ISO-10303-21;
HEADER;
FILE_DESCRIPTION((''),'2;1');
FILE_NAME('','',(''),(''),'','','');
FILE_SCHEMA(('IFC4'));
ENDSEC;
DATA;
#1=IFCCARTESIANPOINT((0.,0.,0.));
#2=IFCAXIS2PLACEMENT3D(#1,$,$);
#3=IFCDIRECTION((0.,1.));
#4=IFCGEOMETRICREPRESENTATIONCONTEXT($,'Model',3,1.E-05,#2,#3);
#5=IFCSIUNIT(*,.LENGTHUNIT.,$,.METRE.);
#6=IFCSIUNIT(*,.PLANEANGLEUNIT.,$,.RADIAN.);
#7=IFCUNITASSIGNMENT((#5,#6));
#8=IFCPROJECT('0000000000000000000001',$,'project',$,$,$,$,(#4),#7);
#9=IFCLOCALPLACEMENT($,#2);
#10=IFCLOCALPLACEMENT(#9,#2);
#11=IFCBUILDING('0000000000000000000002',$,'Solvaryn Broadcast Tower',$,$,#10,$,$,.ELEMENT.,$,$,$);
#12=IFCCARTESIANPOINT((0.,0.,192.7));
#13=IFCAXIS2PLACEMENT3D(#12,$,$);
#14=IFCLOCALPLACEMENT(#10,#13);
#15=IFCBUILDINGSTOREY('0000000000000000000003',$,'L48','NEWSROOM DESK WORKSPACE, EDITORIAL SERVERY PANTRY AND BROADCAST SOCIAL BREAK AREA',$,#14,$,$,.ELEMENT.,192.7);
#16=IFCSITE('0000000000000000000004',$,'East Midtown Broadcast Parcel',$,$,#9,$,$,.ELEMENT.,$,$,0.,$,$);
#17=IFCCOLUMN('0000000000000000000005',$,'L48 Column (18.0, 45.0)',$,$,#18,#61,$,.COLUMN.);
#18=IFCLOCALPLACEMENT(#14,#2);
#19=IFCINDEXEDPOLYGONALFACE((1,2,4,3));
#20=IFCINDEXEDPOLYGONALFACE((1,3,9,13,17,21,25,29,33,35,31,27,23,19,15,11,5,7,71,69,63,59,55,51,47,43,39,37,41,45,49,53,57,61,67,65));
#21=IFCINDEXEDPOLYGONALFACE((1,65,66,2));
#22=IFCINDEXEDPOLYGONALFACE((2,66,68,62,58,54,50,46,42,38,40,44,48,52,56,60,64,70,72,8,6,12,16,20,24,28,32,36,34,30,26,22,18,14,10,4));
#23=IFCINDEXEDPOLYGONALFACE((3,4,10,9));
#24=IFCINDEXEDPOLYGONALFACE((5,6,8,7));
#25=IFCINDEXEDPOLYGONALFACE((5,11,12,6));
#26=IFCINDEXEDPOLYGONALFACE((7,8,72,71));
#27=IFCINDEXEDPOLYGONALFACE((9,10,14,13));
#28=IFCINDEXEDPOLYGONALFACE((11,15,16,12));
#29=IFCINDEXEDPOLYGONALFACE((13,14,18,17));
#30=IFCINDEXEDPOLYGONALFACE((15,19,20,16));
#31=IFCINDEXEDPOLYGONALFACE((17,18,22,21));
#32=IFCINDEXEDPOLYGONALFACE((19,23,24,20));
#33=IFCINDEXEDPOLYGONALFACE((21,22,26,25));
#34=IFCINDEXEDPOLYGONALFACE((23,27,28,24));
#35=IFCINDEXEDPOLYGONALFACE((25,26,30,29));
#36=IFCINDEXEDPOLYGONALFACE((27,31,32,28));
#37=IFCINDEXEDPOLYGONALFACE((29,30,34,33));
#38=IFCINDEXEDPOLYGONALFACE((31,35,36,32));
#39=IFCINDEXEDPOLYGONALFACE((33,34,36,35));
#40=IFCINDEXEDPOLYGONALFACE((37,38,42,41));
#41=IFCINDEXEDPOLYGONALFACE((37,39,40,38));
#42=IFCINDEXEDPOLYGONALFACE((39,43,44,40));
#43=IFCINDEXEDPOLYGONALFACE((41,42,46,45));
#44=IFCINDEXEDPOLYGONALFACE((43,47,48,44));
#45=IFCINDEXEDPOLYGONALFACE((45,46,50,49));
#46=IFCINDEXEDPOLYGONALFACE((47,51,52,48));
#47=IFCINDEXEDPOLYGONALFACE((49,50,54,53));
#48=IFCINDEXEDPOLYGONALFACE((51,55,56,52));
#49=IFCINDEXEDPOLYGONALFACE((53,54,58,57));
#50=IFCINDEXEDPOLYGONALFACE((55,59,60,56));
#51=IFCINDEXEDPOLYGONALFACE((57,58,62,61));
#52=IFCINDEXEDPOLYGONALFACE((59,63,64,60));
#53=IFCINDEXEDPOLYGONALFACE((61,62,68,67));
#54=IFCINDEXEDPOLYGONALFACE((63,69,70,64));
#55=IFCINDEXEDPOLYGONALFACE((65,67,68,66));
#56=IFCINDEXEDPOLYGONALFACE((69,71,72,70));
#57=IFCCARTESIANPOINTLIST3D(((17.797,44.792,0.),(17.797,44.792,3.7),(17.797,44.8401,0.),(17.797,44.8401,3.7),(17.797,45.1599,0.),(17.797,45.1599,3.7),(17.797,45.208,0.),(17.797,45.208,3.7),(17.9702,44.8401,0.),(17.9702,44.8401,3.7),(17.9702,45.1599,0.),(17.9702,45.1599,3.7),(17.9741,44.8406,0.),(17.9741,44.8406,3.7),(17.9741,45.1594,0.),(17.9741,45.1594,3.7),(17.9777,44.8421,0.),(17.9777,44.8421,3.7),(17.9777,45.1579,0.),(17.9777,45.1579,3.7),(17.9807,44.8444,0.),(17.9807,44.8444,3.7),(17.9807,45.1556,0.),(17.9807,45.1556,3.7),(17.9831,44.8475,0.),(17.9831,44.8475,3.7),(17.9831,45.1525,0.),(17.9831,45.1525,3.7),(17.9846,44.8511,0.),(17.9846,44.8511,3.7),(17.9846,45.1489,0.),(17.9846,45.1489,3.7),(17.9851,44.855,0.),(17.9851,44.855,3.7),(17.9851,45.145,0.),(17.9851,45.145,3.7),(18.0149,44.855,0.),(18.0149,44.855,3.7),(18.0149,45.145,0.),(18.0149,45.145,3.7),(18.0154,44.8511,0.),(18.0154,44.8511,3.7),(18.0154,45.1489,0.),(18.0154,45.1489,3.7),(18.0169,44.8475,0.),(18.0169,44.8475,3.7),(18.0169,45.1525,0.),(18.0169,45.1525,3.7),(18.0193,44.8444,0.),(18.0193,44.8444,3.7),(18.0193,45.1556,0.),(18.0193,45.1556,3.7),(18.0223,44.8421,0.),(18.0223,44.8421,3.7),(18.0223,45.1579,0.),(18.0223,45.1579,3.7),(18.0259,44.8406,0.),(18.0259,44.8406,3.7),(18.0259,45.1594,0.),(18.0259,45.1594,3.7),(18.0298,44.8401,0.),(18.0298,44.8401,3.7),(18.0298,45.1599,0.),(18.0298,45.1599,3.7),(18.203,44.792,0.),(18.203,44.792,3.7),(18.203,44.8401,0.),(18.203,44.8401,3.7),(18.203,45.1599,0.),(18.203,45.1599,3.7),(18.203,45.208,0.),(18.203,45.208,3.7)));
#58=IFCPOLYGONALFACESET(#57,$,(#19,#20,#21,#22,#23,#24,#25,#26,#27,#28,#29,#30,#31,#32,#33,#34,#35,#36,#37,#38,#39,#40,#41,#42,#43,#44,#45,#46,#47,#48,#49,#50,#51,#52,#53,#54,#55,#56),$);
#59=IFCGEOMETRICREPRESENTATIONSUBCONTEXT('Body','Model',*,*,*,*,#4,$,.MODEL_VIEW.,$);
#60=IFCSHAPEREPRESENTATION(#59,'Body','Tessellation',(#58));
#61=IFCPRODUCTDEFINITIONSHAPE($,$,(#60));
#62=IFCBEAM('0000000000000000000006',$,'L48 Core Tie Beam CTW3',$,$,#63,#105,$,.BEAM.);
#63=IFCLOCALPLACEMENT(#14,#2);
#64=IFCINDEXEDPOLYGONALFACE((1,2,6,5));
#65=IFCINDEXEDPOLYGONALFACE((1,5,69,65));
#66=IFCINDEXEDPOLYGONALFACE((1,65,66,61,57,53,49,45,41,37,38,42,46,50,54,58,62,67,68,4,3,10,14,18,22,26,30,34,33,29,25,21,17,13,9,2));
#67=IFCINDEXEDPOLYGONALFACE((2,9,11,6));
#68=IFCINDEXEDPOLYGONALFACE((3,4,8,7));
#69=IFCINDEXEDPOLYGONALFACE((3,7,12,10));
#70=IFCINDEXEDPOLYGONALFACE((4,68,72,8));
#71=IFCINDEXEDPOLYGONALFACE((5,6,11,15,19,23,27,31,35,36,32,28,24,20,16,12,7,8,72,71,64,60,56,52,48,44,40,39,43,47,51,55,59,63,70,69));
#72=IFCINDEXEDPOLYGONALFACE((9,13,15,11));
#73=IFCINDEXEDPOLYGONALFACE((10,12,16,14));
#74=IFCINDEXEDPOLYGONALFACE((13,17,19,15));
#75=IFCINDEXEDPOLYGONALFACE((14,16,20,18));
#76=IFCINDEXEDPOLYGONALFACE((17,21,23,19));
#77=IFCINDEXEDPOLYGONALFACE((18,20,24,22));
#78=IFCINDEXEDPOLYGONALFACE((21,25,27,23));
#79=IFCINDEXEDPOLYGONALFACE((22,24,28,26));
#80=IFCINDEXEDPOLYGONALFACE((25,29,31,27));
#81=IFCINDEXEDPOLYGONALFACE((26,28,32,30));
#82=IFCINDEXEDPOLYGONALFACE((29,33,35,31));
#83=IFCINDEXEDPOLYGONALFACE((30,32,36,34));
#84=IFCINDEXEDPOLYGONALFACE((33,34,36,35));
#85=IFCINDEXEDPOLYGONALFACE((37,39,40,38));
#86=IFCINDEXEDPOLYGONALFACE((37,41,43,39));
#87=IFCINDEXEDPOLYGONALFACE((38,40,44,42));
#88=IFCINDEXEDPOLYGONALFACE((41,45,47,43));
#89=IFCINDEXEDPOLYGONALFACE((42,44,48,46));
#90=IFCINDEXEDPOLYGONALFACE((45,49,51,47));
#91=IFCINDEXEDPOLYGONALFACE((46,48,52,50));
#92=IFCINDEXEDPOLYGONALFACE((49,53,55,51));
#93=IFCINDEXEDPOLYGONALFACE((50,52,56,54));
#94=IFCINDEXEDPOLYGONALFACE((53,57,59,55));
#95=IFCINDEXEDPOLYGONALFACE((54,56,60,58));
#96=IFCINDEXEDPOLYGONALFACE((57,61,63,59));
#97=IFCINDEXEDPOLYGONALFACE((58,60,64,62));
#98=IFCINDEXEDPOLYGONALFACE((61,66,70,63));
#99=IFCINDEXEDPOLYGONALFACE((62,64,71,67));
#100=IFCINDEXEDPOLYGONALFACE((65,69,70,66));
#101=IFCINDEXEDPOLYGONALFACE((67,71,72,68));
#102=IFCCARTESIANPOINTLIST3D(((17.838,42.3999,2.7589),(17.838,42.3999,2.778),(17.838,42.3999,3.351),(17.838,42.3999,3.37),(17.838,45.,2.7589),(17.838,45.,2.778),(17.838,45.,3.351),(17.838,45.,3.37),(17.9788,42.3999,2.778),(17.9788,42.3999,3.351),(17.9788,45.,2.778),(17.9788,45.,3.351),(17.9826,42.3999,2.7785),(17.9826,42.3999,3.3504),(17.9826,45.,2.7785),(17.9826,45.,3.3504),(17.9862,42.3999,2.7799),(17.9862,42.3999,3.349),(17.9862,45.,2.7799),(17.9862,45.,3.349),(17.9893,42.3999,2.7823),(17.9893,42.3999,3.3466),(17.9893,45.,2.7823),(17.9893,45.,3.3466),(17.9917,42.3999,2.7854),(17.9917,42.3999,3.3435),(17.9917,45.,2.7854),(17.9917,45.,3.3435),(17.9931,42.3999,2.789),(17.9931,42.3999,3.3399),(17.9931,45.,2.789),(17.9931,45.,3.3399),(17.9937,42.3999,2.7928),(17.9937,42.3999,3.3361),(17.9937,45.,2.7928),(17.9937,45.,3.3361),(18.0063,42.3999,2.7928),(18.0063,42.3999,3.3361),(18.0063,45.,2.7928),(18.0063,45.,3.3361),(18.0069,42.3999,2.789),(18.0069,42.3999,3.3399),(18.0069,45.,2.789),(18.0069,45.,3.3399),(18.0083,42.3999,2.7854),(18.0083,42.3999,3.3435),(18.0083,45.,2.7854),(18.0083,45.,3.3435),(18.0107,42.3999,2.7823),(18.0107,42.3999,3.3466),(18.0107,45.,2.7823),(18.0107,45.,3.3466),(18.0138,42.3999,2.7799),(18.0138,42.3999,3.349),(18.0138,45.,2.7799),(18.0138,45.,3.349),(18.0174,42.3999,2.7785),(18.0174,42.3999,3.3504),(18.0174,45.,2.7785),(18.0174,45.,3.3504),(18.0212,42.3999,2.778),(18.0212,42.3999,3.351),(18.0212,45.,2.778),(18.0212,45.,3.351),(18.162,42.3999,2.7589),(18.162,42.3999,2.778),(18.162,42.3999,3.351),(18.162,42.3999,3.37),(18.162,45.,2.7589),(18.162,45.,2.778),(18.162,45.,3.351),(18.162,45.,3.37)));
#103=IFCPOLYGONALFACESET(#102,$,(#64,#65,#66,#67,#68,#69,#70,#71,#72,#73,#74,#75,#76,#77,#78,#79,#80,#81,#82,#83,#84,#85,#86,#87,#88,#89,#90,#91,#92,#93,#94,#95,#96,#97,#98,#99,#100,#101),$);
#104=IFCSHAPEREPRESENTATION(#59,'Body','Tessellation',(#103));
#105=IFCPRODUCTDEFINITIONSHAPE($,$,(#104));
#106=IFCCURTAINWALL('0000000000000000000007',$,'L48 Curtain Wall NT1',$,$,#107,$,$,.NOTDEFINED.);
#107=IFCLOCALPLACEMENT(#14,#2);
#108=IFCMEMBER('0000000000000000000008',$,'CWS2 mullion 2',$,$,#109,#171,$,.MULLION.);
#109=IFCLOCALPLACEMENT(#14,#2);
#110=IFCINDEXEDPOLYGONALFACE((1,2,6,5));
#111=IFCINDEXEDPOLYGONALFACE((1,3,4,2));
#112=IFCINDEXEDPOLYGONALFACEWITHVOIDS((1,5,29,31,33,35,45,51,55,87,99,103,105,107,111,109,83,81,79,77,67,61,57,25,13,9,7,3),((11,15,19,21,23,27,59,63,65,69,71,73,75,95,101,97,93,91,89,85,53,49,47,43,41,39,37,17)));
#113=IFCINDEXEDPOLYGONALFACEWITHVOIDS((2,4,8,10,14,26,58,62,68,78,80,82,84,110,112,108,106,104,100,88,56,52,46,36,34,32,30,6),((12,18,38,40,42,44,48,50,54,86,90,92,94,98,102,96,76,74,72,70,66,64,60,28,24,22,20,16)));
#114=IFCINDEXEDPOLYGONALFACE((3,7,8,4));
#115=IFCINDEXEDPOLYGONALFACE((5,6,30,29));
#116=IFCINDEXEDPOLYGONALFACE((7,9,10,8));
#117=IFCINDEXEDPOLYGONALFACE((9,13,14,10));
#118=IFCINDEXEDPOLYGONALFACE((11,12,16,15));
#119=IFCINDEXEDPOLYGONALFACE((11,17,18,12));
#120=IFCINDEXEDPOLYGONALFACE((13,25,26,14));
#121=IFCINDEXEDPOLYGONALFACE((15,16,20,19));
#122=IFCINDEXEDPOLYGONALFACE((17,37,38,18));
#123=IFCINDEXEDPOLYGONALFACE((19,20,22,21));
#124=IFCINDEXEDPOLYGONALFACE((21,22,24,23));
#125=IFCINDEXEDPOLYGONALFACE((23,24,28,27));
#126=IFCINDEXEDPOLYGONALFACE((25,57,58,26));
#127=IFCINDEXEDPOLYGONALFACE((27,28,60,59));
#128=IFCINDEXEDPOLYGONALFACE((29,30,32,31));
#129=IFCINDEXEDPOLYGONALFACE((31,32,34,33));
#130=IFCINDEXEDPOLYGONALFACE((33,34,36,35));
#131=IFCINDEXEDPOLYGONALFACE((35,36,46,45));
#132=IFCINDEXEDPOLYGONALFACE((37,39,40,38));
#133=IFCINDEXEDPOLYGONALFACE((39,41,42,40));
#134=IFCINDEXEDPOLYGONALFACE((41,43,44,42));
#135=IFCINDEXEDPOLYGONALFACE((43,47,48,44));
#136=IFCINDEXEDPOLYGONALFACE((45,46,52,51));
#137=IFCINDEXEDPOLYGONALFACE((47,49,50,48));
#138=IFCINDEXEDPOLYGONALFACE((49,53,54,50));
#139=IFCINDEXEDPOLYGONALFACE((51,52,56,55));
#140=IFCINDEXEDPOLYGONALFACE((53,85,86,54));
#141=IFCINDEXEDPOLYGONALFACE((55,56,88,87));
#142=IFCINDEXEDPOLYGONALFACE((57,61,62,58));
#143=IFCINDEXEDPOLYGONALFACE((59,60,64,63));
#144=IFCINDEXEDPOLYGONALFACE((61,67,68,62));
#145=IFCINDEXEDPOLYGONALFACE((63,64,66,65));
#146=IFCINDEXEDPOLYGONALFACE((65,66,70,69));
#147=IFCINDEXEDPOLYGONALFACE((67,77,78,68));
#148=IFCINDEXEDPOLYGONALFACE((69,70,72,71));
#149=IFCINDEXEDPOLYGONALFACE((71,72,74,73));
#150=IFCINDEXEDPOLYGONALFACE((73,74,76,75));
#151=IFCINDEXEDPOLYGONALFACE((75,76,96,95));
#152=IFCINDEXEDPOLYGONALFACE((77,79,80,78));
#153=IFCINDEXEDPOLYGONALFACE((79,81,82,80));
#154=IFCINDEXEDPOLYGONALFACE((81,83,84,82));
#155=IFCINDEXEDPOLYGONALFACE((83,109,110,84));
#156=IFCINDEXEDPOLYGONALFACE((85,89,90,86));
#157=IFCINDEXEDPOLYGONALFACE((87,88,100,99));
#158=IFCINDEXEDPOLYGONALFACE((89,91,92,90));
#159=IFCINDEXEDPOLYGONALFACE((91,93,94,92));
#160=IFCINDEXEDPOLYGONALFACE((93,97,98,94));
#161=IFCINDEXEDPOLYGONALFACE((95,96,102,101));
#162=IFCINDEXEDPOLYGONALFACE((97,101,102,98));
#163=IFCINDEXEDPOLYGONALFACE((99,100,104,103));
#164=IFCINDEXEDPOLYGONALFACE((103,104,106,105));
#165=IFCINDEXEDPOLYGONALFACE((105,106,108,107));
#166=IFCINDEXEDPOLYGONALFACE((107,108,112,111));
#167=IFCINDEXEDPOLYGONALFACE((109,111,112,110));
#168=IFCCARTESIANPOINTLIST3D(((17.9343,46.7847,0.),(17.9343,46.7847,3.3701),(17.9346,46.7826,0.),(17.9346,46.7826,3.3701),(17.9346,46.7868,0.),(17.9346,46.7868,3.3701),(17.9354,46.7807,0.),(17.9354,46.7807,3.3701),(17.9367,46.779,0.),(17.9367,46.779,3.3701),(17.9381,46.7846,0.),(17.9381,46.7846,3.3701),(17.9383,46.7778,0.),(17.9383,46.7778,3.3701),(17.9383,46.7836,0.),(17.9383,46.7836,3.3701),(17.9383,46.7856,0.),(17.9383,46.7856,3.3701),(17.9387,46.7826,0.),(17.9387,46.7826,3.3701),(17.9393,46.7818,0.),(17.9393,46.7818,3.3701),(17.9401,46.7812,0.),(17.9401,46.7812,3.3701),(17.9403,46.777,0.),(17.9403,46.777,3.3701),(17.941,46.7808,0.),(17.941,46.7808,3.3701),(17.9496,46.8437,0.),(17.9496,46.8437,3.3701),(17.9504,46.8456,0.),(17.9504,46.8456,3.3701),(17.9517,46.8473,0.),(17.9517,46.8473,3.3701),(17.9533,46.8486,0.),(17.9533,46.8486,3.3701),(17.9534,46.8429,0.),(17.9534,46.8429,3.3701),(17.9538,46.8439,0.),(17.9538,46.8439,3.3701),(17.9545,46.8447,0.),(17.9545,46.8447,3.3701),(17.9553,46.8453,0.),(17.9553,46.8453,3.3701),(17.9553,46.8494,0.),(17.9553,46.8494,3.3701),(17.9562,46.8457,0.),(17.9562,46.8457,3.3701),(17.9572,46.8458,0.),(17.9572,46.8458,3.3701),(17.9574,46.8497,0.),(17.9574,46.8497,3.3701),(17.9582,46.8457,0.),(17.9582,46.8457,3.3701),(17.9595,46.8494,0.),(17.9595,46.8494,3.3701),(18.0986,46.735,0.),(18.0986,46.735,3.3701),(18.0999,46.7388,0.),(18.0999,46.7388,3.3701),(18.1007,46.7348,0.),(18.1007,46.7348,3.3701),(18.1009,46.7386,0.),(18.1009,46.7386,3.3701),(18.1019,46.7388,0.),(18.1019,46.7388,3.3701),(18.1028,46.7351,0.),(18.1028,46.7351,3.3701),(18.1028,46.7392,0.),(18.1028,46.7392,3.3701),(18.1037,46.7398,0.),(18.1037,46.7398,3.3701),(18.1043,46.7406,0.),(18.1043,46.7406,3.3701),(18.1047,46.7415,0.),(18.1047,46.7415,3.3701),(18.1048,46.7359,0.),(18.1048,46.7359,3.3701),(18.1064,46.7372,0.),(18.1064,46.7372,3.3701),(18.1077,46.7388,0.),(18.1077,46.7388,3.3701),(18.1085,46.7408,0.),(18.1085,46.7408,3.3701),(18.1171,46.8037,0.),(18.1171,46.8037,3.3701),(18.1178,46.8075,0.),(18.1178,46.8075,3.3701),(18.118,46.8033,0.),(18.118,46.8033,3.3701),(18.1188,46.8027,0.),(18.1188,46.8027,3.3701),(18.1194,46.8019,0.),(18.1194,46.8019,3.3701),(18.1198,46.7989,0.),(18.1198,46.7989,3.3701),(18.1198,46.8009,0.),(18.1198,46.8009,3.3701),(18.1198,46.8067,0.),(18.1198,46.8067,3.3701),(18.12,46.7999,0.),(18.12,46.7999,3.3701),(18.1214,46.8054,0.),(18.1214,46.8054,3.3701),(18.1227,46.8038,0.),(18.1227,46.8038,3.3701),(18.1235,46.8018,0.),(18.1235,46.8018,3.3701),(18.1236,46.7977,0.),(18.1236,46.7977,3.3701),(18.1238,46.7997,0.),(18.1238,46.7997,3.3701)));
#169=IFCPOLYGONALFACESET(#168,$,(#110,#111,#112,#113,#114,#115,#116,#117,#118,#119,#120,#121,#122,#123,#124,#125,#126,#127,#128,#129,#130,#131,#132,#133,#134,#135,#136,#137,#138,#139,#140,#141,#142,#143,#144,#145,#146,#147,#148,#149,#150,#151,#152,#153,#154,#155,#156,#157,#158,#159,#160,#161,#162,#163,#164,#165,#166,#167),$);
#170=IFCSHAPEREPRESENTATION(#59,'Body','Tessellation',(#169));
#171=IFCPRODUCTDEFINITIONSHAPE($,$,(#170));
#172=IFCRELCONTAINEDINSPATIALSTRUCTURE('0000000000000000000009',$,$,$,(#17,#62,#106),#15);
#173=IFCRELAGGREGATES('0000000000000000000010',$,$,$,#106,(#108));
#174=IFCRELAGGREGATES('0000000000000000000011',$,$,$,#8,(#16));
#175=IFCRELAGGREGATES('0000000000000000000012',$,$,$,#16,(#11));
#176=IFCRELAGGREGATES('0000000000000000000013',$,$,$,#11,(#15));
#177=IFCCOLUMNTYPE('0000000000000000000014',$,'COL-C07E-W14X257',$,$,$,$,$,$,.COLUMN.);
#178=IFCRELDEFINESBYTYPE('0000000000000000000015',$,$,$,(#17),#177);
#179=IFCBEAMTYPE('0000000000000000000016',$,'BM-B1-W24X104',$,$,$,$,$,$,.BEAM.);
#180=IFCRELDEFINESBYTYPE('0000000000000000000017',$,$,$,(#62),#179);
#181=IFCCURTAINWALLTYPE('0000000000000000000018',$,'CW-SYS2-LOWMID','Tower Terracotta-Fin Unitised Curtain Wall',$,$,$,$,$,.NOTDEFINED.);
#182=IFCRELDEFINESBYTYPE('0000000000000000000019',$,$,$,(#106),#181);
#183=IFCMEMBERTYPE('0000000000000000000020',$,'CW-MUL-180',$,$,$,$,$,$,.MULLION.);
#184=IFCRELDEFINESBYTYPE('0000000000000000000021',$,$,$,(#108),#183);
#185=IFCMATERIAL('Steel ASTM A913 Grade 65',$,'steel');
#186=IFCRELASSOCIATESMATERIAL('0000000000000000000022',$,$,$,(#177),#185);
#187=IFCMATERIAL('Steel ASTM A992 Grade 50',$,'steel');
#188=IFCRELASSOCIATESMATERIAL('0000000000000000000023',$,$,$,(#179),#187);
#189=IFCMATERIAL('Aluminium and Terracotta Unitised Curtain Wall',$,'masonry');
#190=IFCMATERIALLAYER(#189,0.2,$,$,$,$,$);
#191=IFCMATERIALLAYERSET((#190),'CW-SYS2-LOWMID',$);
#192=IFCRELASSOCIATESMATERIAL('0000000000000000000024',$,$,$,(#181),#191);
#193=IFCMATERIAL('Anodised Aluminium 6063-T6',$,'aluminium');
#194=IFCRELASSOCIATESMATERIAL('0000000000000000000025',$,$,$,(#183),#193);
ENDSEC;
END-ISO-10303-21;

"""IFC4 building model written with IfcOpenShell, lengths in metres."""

from ifc_helpers import new_model, si_unit, direction, frame, origin, origin_2d, place, context, subcontext, project, spatial, hollow_rectangle, i_section, extrude, material, layer, layer_set, material_profile, profile_set, type_object, element, aggregate, save


model = new_model("IFC4")

# Units and contexts
model_context = context("Model", 3, precision=1e-05, world=origin(), true_north=direction((0.0, 1.0)))
body_context = subcontext(model_context, "Body", "Model", "MODEL_VIEW")
ifc_project = project(units=[si_unit("LENGTHUNIT", "METRE"), si_unit("PLANEANGLEUNIT", "RADIAN")], contexts=[model_context])

# Site, building, storey
site_placement = place(None, origin())
site = spatial("IfcSite", under=ifc_project, at=site_placement, Name="East Midtown Broadcast Parcel", CompositionType="ELEMENT", RefElevation=0.0)
building_placement = place(site_placement, origin())
building = spatial("IfcBuilding", under=site, at=building_placement, Name="Solvaryn Broadcast Tower", CompositionType="ELEMENT")
storey_placement = place(building_placement, frame((0.0, 0.0, 192.7)))
storey = spatial("IfcBuildingStorey", under=building, at=storey_placement, Name="L48", Description="NEWSROOM DESK WORKSPACE, EDITORIAL SERVERY PANTRY AND BROADCAST SOCIAL BREAK AREA", CompositionType="ELEMENT", Elevation=192.7)

# Column
ifc_material_1 = material(Name="Steel ASTM A913 Grade 65", Category="steel")
ifc_material_profile_1 = material_profile(ifc_material_1, i_section(OverallWidth=0.406, OverallDepth=0.416, WebThickness=0.0298, FlangeThickness=0.0481, FilletRadius=0.0149, at=origin_2d()))
ifc_profile_set_1 = profile_set([ifc_material_profile_1], Name="Steel ASTM A913 Grade 65")
column_type = type_object("IfcColumnType", Name="COL-C07E-W14X257", PredefinedType="COLUMN", material=ifc_profile_set_1)
column_placement = place(storey_placement, frame((18.0, 45.0, 0.0), z_axis=(0.0, 0.0, 1.0), x_axis=(1.0, 0.0, 0.0)))
element("IfcColumn", 1, at=column_placement, inside=storey, type_object=column_type, Name="L48 Column (18.0, 45.0)", PredefinedType="COLUMN", context=body_context, shape_type="SweptSolid", body=[
    extrude(i_section(OverallWidth=0.406, OverallDepth=0.416, WebThickness=0.0298, FlangeThickness=0.0481, FilletRadius=0.0149, at=origin_2d()), origin(), (0.0, 0.0, 1.0), 3.7),
])

# Beam
ifc_material_2 = material(Name="Steel ASTM A992 Grade 50", Category="steel")
ifc_material_profile_2 = material_profile(ifc_material_2, i_section(OverallWidth=0.324, OverallDepth=0.6111, WebThickness=0.0127, FlangeThickness=0.019, FilletRadius=0.0149, at=origin_2d()))
ifc_profile_set_2 = profile_set([ifc_material_profile_2], Name="Steel ASTM A992 Grade 50")
beam_type = type_object("IfcBeamType", Name="BM-B1-W24X104", PredefinedType="BEAM", material=ifc_profile_set_2)
beam_placement = place(storey_placement, frame((18.0, 42.3999, 3.0645), z_axis=(0.0, 1.0, 0.0), x_axis=(-1.0, 0.0, 0.0)))
element("IfcBeam", 2, at=beam_placement, inside=storey, type_object=beam_type, Name="L48 Core Tie Beam CTW3", PredefinedType="BEAM", context=body_context, shape_type="SweptSolid", body=[
    extrude(i_section(OverallWidth=0.324, OverallDepth=0.6111, WebThickness=0.0127, FlangeThickness=0.019, FilletRadius=0.0149, at=origin_2d()), origin(), (0.0, 0.0, 1.0), 2.6001),
])

# Curtain wall, member
ifc_material_3 = material(Name="Aluminium and Terracotta Unitised Curtain Wall", Category="masonry")
ifc_layer_1 = layer(ifc_material_3, 0.2)
ifc_layer_set_1 = layer_set([ifc_layer_1], Name="CW-SYS2-LOWMID")
curtain_wall_type = type_object("IfcCurtainWallType", Name="CW-SYS2-LOWMID", Description="Tower Terracotta-Fin Unitised Curtain Wall", PredefinedType="NOTDEFINED", material=ifc_layer_set_1)
curtain_wall_1_placement = place(storey_placement, origin())
curtain_wall_1 = element("IfcCurtainWall", 3, at=curtain_wall_1_placement, inside=storey, type_object=curtain_wall_type, Name="L48 Curtain Wall NT1", PredefinedType="NOTDEFINED")
ifc_material_4 = material(Name="Anodised Aluminium 6063-T6", Category="aluminium")
ifc_material_profile_3 = material_profile(ifc_material_4, hollow_rectangle(XDim=0.075, YDim=0.1799, WallThickness=0.0039, InnerFilletRadius=0.0039, OuterFilletRadius=0.0081, at=origin_2d()))
ifc_profile_set_3 = profile_set([ifc_material_profile_3], Name="Anodised Aluminium 6063-T6")
member_type_1 = type_object("IfcMemberType", Name="CW-MUL-180", PredefinedType="MULLION", material=ifc_profile_set_3)
member_1_placement = place(storey_placement, frame((18.0291, 46.7922, 0.0), z_axis=(0.0, 0.0, 1.0), x_axis=(-0.255893, -0.966705, 0.0)))
member_1 = element("IfcMember", 4, at=member_1_placement, type_object=member_type_1, Name="CWS2 mullion 2", PredefinedType="MULLION", context=body_context, shape_type="SweptSolid", body=[
    extrude(hollow_rectangle(XDim=0.075, YDim=0.1799, WallThickness=0.0039, InnerFilletRadius=0.0039, OuterFilletRadius=0.0081, at=origin_2d()), origin(), (0.0, 0.0, 1.0), 3.3701),
])

aggregate(curtain_wall_1, [member_1])

save(model, "model.ifc")
